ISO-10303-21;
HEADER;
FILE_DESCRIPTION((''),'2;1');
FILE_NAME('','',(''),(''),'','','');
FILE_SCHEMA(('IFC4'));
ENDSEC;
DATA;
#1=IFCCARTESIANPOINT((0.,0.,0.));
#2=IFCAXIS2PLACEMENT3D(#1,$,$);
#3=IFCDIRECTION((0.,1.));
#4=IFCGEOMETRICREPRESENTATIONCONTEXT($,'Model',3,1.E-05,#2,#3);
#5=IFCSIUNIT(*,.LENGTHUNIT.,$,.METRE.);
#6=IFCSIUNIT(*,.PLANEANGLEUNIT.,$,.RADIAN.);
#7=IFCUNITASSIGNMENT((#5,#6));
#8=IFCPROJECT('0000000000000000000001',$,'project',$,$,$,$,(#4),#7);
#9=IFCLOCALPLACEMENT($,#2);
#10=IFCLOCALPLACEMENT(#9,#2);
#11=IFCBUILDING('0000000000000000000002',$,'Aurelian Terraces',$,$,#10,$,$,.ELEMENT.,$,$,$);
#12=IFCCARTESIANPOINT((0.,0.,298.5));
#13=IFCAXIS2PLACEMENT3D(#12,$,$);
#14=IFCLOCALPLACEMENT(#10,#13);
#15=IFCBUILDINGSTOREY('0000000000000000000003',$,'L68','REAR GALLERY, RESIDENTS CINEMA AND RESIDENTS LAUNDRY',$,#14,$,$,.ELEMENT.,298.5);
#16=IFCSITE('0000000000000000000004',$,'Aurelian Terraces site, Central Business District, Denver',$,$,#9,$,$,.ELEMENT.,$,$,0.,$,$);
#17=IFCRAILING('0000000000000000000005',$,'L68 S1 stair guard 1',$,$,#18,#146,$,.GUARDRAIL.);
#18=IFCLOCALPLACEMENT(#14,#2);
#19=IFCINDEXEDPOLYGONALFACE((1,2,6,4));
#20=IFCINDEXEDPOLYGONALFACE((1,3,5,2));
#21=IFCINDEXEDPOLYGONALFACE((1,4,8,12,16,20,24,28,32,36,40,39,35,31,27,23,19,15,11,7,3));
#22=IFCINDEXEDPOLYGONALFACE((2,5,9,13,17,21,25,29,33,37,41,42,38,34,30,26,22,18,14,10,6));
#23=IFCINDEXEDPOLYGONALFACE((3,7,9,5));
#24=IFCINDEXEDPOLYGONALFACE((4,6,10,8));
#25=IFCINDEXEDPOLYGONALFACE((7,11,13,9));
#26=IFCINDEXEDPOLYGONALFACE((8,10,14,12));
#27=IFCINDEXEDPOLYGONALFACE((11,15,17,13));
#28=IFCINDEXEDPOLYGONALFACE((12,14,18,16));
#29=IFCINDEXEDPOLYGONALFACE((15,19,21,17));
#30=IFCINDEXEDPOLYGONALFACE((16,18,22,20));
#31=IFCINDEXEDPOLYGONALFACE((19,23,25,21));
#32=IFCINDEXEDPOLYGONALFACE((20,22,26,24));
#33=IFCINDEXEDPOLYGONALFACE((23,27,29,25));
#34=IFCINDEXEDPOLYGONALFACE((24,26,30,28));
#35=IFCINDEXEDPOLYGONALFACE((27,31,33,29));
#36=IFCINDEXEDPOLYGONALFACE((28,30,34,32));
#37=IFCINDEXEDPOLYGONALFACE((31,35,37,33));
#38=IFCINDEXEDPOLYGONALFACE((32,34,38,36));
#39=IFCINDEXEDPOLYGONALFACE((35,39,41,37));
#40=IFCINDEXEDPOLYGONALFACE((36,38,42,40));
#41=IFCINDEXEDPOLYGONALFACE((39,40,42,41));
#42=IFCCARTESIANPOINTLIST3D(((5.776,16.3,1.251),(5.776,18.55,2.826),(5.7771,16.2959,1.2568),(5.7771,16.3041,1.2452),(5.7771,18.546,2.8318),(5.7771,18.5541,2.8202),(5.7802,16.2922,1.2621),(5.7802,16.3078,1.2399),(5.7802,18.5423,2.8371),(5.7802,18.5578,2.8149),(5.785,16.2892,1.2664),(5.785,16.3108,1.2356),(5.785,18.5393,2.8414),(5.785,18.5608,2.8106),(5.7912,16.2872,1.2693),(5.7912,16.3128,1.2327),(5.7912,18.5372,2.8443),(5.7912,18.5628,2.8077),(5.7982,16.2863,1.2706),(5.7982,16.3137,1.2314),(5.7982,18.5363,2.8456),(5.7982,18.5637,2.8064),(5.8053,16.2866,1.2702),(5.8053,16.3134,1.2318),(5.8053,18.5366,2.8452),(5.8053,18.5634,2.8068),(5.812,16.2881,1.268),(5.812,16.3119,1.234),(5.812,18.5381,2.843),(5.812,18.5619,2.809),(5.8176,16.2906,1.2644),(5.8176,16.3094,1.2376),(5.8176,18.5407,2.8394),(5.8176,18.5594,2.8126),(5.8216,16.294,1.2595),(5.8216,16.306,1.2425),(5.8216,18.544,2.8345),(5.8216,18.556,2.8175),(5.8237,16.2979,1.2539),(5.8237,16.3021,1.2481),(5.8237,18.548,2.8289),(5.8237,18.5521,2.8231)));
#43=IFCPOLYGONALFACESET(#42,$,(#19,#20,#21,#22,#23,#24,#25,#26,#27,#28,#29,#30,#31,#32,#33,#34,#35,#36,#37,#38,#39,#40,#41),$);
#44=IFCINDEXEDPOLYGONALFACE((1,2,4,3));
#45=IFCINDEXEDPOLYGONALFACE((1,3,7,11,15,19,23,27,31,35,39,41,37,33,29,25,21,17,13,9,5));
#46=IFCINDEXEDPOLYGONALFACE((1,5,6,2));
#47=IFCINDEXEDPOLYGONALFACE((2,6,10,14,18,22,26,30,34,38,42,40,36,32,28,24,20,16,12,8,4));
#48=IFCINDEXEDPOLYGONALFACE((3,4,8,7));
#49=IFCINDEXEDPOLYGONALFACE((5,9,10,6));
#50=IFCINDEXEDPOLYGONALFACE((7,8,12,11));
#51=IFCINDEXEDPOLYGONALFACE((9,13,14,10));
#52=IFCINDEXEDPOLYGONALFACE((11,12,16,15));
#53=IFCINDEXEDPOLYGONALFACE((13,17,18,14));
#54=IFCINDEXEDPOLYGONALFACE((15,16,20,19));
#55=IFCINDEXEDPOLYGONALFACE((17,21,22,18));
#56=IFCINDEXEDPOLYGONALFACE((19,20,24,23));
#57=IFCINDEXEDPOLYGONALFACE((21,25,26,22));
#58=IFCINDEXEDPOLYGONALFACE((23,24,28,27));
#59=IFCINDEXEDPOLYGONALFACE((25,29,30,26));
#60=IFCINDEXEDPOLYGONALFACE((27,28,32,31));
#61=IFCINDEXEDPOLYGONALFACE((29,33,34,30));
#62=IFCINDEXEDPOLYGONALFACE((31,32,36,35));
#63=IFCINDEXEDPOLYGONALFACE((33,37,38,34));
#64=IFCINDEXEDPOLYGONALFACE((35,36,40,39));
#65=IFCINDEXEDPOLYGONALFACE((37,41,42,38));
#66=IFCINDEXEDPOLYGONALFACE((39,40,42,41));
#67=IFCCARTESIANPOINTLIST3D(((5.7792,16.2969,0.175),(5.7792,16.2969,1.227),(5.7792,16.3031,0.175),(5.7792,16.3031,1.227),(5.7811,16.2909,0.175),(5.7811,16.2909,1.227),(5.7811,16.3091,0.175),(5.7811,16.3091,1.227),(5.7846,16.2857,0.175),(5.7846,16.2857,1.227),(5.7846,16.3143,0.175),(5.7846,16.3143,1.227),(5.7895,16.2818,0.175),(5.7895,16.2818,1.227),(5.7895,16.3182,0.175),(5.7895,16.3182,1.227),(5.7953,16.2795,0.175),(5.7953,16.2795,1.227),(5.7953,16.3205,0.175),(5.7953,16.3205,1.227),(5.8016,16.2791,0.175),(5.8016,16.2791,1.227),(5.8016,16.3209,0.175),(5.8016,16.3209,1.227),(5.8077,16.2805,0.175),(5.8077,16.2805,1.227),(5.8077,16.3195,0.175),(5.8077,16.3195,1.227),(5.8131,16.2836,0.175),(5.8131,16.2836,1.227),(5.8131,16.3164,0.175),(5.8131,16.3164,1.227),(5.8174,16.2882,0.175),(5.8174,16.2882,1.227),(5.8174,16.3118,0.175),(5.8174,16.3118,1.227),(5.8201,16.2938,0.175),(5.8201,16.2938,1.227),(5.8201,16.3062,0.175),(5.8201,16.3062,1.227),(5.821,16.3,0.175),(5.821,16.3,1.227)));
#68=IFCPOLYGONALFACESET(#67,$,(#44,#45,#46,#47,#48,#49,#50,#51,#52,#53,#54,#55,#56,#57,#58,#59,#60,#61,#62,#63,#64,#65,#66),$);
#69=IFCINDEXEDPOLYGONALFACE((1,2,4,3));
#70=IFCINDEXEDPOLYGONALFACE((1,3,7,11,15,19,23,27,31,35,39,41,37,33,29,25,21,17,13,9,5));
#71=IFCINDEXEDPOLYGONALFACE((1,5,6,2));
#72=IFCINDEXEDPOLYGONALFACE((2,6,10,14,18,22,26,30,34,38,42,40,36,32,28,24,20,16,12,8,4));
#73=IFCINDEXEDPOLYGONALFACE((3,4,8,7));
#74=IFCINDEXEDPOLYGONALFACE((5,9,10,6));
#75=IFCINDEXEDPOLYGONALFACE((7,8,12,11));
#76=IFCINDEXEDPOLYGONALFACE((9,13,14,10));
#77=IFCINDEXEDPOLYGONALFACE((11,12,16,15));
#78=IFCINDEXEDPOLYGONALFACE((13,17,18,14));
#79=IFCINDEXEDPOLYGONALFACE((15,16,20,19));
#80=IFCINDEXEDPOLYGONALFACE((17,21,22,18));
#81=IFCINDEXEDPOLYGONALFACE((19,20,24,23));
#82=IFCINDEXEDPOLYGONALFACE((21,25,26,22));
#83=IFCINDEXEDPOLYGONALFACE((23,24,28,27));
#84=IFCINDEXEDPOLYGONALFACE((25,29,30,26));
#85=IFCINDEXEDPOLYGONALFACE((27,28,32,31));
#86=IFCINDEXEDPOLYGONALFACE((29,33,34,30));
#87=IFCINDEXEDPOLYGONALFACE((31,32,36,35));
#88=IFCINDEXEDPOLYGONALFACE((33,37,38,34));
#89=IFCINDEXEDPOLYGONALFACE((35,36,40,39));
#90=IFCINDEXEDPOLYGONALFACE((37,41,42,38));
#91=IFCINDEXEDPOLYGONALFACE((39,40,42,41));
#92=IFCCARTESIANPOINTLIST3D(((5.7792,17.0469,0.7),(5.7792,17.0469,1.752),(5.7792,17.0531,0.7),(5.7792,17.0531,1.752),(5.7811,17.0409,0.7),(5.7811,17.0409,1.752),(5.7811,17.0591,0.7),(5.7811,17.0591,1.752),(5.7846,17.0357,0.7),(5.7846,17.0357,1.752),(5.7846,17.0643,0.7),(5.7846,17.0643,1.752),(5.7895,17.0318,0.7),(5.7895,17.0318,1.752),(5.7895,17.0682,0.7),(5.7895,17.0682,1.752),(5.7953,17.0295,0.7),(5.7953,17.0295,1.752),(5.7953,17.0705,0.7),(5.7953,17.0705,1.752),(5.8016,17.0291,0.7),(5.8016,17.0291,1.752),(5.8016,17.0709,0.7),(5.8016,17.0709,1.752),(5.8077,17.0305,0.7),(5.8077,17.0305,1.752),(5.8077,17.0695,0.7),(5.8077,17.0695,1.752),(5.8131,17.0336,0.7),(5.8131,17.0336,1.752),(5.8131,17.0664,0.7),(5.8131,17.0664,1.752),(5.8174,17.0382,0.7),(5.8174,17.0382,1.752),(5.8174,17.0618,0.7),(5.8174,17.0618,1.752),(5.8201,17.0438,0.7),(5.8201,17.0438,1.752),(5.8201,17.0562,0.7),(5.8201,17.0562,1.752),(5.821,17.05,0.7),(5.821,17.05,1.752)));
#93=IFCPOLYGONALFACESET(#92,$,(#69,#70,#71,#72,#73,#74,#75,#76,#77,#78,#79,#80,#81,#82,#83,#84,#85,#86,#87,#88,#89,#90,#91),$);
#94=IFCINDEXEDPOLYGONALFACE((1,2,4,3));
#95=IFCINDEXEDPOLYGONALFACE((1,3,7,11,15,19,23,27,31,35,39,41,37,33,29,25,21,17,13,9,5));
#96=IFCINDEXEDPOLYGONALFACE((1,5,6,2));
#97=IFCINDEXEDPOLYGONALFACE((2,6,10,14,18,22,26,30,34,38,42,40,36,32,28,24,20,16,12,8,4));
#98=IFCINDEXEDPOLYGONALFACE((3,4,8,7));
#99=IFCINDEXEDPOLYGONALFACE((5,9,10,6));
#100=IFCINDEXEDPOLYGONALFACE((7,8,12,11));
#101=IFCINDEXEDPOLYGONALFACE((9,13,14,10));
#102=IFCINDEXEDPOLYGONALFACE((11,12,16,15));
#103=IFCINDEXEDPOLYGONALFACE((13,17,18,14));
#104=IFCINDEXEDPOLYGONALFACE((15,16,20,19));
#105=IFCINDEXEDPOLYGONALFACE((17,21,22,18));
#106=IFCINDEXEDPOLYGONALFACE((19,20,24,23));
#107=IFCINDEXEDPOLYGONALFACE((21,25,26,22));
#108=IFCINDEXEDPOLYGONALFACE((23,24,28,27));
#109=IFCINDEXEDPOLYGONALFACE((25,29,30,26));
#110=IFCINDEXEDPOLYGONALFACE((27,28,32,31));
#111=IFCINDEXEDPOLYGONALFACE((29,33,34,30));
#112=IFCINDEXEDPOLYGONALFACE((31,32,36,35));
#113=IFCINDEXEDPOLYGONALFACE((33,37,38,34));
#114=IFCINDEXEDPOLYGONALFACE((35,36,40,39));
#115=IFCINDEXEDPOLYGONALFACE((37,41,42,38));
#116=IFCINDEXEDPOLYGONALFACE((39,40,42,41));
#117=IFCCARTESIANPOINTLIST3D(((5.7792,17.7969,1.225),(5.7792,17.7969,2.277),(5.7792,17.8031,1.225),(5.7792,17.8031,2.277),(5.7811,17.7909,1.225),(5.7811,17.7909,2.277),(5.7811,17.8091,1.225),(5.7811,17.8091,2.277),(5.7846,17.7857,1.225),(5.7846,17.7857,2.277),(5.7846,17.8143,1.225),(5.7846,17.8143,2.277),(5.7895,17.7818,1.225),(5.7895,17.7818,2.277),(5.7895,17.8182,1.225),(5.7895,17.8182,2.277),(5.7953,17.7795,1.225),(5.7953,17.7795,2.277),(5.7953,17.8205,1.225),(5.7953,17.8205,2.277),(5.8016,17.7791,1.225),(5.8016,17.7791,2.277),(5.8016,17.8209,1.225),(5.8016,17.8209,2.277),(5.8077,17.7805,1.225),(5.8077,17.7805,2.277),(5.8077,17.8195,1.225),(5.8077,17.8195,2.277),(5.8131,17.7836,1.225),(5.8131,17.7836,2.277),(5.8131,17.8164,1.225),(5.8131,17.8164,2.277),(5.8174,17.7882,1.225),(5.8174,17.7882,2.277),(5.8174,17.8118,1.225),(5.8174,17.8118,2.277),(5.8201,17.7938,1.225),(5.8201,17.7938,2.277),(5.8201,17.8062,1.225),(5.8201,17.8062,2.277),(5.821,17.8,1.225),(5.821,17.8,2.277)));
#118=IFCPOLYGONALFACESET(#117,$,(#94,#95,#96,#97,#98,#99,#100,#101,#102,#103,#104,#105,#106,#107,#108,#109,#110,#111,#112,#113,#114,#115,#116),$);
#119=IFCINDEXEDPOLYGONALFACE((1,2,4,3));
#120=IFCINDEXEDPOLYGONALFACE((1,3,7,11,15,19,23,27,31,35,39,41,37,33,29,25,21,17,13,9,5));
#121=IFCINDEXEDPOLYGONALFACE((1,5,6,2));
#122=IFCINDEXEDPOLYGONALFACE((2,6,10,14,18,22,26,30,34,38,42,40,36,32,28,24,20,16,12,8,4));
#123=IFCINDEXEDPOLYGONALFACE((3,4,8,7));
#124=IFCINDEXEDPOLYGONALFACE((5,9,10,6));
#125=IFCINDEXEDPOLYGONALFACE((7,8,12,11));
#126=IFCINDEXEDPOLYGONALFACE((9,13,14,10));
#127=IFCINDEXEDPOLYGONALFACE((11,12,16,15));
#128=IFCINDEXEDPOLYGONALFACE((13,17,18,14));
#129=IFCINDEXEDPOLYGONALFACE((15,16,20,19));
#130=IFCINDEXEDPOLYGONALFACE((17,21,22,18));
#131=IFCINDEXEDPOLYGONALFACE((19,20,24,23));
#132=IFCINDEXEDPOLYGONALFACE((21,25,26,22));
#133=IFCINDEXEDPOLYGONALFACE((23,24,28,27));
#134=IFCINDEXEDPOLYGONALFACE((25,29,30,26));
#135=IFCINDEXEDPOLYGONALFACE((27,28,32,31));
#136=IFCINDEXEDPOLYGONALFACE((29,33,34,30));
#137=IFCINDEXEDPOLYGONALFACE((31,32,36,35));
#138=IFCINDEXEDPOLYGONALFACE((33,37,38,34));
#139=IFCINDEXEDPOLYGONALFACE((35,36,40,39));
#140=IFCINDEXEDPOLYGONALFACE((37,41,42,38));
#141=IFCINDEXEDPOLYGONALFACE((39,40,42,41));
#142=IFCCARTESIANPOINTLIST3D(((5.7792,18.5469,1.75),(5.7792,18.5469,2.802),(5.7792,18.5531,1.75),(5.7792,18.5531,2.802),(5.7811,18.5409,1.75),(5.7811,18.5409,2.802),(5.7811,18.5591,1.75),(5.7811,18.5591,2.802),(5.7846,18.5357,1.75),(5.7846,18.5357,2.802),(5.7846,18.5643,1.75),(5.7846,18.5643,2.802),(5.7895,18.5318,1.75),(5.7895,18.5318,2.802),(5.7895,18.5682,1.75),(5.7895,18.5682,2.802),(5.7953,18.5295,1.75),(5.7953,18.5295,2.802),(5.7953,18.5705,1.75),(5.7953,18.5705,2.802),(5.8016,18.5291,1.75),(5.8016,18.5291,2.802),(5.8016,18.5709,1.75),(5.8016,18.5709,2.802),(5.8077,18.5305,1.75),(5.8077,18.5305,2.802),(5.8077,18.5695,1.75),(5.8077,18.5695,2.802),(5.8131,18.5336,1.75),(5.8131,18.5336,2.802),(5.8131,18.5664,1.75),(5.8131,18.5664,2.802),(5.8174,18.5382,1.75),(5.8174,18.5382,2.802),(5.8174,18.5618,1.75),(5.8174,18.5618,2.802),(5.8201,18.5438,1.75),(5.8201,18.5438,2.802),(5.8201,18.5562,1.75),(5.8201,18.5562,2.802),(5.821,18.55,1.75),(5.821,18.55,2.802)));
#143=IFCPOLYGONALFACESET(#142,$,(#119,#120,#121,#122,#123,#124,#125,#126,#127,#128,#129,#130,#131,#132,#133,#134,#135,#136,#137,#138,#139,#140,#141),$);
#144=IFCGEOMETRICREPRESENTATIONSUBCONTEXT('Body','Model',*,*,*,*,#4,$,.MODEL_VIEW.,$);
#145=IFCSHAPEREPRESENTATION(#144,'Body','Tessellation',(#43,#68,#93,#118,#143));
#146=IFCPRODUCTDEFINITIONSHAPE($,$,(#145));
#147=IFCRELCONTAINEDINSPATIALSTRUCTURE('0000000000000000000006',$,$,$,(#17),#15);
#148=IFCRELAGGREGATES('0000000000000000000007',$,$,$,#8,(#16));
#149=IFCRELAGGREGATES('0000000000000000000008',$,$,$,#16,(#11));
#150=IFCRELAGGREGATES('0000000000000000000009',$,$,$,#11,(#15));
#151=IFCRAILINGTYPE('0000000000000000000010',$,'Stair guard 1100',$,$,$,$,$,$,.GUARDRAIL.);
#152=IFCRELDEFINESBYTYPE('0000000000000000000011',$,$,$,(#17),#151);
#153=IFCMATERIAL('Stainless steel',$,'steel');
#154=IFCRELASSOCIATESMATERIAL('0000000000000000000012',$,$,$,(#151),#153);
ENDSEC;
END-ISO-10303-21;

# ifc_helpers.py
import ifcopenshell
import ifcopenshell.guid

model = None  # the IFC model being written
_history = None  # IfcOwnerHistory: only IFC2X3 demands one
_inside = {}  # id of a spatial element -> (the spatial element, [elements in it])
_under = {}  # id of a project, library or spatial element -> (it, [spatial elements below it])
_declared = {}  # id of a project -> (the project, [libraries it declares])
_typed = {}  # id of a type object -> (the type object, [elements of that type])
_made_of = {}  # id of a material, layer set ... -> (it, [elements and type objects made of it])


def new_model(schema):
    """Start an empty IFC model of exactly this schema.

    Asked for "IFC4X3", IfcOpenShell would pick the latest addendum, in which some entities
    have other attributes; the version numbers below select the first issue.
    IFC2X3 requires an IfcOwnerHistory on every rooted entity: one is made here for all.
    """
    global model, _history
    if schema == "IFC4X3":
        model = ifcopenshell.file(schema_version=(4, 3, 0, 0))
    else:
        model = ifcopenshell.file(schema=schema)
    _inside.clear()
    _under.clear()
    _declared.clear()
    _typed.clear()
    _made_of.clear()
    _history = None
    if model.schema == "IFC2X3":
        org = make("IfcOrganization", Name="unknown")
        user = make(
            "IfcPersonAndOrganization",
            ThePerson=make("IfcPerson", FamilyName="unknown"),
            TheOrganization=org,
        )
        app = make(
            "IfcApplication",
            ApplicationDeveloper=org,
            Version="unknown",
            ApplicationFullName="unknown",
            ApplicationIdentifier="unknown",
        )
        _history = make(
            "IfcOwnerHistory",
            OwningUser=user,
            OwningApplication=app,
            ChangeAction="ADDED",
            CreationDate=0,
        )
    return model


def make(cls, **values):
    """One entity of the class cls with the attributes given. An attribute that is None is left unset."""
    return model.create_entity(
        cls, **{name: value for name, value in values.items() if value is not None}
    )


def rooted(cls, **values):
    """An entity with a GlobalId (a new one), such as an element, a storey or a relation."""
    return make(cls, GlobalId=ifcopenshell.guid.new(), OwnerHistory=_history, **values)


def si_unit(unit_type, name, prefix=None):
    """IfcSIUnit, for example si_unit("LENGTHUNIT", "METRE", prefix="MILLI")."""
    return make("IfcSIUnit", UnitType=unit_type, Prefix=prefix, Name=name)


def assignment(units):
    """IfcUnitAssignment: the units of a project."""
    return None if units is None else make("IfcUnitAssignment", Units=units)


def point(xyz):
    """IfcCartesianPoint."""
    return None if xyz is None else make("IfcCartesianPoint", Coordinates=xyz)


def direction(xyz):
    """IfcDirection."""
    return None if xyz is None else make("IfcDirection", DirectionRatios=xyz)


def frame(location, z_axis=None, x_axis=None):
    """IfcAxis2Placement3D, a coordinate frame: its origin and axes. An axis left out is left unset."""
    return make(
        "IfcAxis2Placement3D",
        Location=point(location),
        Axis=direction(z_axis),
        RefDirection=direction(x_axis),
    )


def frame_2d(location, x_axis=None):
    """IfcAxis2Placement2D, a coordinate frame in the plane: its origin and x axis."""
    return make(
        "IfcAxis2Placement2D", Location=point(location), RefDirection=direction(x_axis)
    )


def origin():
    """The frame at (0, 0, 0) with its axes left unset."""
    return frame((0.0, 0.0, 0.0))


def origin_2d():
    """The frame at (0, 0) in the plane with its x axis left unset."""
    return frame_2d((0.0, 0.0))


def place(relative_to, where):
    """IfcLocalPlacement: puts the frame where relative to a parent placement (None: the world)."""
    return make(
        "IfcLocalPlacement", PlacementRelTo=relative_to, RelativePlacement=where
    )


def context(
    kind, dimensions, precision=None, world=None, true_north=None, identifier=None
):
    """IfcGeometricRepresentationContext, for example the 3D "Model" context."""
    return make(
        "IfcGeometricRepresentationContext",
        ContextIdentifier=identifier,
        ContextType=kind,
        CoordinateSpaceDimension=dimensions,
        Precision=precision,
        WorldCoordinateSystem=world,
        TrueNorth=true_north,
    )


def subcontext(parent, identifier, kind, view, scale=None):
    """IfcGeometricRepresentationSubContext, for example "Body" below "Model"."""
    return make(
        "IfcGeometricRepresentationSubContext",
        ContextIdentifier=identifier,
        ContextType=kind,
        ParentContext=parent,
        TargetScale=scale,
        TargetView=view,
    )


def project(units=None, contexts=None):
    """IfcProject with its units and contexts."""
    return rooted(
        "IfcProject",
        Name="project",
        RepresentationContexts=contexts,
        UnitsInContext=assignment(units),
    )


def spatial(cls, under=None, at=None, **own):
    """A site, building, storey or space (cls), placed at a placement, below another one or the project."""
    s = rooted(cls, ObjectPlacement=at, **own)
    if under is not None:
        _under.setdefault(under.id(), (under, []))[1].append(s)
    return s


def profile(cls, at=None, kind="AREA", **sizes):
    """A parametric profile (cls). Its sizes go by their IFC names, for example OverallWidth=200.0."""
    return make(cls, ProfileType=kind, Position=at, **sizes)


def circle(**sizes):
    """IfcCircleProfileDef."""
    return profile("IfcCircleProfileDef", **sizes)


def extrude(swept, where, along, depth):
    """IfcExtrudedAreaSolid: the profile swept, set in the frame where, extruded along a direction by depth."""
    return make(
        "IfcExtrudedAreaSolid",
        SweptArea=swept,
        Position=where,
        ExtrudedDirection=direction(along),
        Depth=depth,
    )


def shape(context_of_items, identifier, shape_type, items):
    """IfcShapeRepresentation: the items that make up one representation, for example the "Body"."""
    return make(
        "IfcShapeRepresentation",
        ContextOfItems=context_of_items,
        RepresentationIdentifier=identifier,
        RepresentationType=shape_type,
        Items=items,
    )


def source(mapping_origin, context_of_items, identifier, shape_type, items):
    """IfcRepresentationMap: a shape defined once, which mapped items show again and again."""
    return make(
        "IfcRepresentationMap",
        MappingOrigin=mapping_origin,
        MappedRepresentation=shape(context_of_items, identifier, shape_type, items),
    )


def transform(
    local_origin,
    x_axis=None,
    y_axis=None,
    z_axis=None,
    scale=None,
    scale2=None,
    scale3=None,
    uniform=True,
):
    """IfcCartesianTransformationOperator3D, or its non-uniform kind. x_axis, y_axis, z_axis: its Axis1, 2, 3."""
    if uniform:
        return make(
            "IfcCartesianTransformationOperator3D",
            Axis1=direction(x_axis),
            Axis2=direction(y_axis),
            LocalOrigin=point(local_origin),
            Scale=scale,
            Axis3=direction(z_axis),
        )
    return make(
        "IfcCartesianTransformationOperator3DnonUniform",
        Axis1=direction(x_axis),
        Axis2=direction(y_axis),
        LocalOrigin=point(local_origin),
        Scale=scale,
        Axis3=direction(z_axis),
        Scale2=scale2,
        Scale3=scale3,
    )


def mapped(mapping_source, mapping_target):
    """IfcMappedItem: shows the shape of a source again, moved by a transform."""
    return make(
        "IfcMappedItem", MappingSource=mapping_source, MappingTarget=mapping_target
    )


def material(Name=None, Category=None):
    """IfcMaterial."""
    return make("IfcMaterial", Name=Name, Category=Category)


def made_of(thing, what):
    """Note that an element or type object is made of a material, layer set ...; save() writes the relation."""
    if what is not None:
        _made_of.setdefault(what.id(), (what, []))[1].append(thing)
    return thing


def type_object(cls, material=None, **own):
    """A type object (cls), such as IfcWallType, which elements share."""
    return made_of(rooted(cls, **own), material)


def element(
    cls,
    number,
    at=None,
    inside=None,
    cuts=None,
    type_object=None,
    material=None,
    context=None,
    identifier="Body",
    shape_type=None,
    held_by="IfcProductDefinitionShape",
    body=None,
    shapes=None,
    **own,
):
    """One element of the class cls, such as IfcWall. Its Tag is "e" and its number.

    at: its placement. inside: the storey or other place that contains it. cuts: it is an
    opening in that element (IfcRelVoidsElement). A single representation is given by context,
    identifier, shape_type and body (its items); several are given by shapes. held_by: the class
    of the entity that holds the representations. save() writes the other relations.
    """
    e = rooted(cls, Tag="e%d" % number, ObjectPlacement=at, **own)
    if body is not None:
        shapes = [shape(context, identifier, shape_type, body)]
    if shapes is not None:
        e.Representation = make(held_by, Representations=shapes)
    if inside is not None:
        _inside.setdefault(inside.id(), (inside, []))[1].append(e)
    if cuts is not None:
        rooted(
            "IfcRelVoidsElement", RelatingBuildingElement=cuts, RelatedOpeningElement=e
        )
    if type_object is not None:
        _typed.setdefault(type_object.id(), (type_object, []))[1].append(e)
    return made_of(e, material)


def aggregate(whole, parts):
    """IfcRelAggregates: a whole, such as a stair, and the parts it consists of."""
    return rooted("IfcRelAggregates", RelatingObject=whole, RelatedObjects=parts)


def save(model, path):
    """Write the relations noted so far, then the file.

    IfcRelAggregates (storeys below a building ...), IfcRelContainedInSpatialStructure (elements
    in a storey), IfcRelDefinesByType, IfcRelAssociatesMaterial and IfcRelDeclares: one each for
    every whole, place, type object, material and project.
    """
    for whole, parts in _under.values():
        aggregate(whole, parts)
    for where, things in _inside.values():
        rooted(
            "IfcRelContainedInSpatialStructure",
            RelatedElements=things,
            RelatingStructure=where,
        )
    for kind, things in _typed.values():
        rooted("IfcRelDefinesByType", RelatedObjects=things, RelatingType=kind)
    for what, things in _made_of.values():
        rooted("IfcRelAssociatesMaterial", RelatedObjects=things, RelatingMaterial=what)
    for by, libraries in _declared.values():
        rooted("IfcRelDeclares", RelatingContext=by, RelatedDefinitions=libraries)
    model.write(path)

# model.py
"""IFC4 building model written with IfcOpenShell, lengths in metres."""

from ifc_helpers import new_model, si_unit, direction, frame, origin, origin_2d, place, context, subcontext, project, spatial, circle, extrude, source, transform, mapped, material, type_object, element, save


model = new_model("IFC4")

# Units and contexts
model_context = context("Model", 3, precision=1e-05, world=origin(), true_north=direction((0.0, 1.0)))
body_context = subcontext(model_context, "Body", "Model", "MODEL_VIEW")
ifc_project = project(units=[si_unit("LENGTHUNIT", "METRE"), si_unit("PLANEANGLEUNIT", "RADIAN")], contexts=[model_context])

# Site, building, storey
site_placement = place(None, origin())
site = spatial("IfcSite", under=ifc_project, at=site_placement, Name="Aurelian Terraces site, Central Business District, Denver", CompositionType="ELEMENT", RefElevation=0.0)
building_placement = place(site_placement, origin())
building = spatial("IfcBuilding", under=site, at=building_placement, Name="Aurelian Terraces", CompositionType="ELEMENT")
storey_placement = place(building_placement, frame((0.0, 0.0, 298.5)))
storey = spatial("IfcBuildingStorey", under=building, at=storey_placement, Name="L68", Description="REAR GALLERY, RESIDENTS CINEMA AND RESIDENTS LAUNDRY", CompositionType="ELEMENT", Elevation=298.5)

# Railing
ifc_material_1 = material(Name="Stainless steel", Category="steel")
railing_type_1 = type_object("IfcRailingType", Name="Stair guard 1100", PredefinedType="GUARDRAIL", material=ifc_material_1)
shared_shape_1 = source(origin(), body_context, "Body", "SweptSolid", [
    extrude(circle(Radius=0.024, at=origin_2d()), frame((0.0, 0.0, 1.076), z_axis=(0.0, 0.819232, 0.573462), x_axis=(-1.0, 0.0, 0.0)), (0.0, 0.0, 1.0), 2.7465),
    extrude(circle(Radius=0.021, at=origin_2d()), origin(), (0.0, 0.0, 1.0), 1.052),
    extrude(circle(Radius=0.021, at=origin_2d()), frame((0.0, 0.75, 0.525)), (0.0, 0.0, 1.0), 1.052),
    extrude(circle(Radius=0.021, at=origin_2d()), frame((0.0, 1.5, 1.05)), (0.0, 0.0, 1.0), 1.052),
    extrude(circle(Radius=0.021, at=origin_2d()), frame((0.0, 2.25, 1.575)), (0.0, 0.0, 1.0), 1.052),
])
railing_1_placement = place(storey_placement, frame((5.8, 16.3, 0.175)))
element("IfcRailing", 1, at=railing_1_placement, inside=storey, type_object=railing_type_1, Name="L68 S1 stair guard 1", PredefinedType="GUARDRAIL", context=body_context, shape_type="MappedRepresentation", body=[
    mapped(shared_shape_1, transform((0.0, 0.0, 0.0), scale=1.0)),
])

save(model, "model.ifc")
